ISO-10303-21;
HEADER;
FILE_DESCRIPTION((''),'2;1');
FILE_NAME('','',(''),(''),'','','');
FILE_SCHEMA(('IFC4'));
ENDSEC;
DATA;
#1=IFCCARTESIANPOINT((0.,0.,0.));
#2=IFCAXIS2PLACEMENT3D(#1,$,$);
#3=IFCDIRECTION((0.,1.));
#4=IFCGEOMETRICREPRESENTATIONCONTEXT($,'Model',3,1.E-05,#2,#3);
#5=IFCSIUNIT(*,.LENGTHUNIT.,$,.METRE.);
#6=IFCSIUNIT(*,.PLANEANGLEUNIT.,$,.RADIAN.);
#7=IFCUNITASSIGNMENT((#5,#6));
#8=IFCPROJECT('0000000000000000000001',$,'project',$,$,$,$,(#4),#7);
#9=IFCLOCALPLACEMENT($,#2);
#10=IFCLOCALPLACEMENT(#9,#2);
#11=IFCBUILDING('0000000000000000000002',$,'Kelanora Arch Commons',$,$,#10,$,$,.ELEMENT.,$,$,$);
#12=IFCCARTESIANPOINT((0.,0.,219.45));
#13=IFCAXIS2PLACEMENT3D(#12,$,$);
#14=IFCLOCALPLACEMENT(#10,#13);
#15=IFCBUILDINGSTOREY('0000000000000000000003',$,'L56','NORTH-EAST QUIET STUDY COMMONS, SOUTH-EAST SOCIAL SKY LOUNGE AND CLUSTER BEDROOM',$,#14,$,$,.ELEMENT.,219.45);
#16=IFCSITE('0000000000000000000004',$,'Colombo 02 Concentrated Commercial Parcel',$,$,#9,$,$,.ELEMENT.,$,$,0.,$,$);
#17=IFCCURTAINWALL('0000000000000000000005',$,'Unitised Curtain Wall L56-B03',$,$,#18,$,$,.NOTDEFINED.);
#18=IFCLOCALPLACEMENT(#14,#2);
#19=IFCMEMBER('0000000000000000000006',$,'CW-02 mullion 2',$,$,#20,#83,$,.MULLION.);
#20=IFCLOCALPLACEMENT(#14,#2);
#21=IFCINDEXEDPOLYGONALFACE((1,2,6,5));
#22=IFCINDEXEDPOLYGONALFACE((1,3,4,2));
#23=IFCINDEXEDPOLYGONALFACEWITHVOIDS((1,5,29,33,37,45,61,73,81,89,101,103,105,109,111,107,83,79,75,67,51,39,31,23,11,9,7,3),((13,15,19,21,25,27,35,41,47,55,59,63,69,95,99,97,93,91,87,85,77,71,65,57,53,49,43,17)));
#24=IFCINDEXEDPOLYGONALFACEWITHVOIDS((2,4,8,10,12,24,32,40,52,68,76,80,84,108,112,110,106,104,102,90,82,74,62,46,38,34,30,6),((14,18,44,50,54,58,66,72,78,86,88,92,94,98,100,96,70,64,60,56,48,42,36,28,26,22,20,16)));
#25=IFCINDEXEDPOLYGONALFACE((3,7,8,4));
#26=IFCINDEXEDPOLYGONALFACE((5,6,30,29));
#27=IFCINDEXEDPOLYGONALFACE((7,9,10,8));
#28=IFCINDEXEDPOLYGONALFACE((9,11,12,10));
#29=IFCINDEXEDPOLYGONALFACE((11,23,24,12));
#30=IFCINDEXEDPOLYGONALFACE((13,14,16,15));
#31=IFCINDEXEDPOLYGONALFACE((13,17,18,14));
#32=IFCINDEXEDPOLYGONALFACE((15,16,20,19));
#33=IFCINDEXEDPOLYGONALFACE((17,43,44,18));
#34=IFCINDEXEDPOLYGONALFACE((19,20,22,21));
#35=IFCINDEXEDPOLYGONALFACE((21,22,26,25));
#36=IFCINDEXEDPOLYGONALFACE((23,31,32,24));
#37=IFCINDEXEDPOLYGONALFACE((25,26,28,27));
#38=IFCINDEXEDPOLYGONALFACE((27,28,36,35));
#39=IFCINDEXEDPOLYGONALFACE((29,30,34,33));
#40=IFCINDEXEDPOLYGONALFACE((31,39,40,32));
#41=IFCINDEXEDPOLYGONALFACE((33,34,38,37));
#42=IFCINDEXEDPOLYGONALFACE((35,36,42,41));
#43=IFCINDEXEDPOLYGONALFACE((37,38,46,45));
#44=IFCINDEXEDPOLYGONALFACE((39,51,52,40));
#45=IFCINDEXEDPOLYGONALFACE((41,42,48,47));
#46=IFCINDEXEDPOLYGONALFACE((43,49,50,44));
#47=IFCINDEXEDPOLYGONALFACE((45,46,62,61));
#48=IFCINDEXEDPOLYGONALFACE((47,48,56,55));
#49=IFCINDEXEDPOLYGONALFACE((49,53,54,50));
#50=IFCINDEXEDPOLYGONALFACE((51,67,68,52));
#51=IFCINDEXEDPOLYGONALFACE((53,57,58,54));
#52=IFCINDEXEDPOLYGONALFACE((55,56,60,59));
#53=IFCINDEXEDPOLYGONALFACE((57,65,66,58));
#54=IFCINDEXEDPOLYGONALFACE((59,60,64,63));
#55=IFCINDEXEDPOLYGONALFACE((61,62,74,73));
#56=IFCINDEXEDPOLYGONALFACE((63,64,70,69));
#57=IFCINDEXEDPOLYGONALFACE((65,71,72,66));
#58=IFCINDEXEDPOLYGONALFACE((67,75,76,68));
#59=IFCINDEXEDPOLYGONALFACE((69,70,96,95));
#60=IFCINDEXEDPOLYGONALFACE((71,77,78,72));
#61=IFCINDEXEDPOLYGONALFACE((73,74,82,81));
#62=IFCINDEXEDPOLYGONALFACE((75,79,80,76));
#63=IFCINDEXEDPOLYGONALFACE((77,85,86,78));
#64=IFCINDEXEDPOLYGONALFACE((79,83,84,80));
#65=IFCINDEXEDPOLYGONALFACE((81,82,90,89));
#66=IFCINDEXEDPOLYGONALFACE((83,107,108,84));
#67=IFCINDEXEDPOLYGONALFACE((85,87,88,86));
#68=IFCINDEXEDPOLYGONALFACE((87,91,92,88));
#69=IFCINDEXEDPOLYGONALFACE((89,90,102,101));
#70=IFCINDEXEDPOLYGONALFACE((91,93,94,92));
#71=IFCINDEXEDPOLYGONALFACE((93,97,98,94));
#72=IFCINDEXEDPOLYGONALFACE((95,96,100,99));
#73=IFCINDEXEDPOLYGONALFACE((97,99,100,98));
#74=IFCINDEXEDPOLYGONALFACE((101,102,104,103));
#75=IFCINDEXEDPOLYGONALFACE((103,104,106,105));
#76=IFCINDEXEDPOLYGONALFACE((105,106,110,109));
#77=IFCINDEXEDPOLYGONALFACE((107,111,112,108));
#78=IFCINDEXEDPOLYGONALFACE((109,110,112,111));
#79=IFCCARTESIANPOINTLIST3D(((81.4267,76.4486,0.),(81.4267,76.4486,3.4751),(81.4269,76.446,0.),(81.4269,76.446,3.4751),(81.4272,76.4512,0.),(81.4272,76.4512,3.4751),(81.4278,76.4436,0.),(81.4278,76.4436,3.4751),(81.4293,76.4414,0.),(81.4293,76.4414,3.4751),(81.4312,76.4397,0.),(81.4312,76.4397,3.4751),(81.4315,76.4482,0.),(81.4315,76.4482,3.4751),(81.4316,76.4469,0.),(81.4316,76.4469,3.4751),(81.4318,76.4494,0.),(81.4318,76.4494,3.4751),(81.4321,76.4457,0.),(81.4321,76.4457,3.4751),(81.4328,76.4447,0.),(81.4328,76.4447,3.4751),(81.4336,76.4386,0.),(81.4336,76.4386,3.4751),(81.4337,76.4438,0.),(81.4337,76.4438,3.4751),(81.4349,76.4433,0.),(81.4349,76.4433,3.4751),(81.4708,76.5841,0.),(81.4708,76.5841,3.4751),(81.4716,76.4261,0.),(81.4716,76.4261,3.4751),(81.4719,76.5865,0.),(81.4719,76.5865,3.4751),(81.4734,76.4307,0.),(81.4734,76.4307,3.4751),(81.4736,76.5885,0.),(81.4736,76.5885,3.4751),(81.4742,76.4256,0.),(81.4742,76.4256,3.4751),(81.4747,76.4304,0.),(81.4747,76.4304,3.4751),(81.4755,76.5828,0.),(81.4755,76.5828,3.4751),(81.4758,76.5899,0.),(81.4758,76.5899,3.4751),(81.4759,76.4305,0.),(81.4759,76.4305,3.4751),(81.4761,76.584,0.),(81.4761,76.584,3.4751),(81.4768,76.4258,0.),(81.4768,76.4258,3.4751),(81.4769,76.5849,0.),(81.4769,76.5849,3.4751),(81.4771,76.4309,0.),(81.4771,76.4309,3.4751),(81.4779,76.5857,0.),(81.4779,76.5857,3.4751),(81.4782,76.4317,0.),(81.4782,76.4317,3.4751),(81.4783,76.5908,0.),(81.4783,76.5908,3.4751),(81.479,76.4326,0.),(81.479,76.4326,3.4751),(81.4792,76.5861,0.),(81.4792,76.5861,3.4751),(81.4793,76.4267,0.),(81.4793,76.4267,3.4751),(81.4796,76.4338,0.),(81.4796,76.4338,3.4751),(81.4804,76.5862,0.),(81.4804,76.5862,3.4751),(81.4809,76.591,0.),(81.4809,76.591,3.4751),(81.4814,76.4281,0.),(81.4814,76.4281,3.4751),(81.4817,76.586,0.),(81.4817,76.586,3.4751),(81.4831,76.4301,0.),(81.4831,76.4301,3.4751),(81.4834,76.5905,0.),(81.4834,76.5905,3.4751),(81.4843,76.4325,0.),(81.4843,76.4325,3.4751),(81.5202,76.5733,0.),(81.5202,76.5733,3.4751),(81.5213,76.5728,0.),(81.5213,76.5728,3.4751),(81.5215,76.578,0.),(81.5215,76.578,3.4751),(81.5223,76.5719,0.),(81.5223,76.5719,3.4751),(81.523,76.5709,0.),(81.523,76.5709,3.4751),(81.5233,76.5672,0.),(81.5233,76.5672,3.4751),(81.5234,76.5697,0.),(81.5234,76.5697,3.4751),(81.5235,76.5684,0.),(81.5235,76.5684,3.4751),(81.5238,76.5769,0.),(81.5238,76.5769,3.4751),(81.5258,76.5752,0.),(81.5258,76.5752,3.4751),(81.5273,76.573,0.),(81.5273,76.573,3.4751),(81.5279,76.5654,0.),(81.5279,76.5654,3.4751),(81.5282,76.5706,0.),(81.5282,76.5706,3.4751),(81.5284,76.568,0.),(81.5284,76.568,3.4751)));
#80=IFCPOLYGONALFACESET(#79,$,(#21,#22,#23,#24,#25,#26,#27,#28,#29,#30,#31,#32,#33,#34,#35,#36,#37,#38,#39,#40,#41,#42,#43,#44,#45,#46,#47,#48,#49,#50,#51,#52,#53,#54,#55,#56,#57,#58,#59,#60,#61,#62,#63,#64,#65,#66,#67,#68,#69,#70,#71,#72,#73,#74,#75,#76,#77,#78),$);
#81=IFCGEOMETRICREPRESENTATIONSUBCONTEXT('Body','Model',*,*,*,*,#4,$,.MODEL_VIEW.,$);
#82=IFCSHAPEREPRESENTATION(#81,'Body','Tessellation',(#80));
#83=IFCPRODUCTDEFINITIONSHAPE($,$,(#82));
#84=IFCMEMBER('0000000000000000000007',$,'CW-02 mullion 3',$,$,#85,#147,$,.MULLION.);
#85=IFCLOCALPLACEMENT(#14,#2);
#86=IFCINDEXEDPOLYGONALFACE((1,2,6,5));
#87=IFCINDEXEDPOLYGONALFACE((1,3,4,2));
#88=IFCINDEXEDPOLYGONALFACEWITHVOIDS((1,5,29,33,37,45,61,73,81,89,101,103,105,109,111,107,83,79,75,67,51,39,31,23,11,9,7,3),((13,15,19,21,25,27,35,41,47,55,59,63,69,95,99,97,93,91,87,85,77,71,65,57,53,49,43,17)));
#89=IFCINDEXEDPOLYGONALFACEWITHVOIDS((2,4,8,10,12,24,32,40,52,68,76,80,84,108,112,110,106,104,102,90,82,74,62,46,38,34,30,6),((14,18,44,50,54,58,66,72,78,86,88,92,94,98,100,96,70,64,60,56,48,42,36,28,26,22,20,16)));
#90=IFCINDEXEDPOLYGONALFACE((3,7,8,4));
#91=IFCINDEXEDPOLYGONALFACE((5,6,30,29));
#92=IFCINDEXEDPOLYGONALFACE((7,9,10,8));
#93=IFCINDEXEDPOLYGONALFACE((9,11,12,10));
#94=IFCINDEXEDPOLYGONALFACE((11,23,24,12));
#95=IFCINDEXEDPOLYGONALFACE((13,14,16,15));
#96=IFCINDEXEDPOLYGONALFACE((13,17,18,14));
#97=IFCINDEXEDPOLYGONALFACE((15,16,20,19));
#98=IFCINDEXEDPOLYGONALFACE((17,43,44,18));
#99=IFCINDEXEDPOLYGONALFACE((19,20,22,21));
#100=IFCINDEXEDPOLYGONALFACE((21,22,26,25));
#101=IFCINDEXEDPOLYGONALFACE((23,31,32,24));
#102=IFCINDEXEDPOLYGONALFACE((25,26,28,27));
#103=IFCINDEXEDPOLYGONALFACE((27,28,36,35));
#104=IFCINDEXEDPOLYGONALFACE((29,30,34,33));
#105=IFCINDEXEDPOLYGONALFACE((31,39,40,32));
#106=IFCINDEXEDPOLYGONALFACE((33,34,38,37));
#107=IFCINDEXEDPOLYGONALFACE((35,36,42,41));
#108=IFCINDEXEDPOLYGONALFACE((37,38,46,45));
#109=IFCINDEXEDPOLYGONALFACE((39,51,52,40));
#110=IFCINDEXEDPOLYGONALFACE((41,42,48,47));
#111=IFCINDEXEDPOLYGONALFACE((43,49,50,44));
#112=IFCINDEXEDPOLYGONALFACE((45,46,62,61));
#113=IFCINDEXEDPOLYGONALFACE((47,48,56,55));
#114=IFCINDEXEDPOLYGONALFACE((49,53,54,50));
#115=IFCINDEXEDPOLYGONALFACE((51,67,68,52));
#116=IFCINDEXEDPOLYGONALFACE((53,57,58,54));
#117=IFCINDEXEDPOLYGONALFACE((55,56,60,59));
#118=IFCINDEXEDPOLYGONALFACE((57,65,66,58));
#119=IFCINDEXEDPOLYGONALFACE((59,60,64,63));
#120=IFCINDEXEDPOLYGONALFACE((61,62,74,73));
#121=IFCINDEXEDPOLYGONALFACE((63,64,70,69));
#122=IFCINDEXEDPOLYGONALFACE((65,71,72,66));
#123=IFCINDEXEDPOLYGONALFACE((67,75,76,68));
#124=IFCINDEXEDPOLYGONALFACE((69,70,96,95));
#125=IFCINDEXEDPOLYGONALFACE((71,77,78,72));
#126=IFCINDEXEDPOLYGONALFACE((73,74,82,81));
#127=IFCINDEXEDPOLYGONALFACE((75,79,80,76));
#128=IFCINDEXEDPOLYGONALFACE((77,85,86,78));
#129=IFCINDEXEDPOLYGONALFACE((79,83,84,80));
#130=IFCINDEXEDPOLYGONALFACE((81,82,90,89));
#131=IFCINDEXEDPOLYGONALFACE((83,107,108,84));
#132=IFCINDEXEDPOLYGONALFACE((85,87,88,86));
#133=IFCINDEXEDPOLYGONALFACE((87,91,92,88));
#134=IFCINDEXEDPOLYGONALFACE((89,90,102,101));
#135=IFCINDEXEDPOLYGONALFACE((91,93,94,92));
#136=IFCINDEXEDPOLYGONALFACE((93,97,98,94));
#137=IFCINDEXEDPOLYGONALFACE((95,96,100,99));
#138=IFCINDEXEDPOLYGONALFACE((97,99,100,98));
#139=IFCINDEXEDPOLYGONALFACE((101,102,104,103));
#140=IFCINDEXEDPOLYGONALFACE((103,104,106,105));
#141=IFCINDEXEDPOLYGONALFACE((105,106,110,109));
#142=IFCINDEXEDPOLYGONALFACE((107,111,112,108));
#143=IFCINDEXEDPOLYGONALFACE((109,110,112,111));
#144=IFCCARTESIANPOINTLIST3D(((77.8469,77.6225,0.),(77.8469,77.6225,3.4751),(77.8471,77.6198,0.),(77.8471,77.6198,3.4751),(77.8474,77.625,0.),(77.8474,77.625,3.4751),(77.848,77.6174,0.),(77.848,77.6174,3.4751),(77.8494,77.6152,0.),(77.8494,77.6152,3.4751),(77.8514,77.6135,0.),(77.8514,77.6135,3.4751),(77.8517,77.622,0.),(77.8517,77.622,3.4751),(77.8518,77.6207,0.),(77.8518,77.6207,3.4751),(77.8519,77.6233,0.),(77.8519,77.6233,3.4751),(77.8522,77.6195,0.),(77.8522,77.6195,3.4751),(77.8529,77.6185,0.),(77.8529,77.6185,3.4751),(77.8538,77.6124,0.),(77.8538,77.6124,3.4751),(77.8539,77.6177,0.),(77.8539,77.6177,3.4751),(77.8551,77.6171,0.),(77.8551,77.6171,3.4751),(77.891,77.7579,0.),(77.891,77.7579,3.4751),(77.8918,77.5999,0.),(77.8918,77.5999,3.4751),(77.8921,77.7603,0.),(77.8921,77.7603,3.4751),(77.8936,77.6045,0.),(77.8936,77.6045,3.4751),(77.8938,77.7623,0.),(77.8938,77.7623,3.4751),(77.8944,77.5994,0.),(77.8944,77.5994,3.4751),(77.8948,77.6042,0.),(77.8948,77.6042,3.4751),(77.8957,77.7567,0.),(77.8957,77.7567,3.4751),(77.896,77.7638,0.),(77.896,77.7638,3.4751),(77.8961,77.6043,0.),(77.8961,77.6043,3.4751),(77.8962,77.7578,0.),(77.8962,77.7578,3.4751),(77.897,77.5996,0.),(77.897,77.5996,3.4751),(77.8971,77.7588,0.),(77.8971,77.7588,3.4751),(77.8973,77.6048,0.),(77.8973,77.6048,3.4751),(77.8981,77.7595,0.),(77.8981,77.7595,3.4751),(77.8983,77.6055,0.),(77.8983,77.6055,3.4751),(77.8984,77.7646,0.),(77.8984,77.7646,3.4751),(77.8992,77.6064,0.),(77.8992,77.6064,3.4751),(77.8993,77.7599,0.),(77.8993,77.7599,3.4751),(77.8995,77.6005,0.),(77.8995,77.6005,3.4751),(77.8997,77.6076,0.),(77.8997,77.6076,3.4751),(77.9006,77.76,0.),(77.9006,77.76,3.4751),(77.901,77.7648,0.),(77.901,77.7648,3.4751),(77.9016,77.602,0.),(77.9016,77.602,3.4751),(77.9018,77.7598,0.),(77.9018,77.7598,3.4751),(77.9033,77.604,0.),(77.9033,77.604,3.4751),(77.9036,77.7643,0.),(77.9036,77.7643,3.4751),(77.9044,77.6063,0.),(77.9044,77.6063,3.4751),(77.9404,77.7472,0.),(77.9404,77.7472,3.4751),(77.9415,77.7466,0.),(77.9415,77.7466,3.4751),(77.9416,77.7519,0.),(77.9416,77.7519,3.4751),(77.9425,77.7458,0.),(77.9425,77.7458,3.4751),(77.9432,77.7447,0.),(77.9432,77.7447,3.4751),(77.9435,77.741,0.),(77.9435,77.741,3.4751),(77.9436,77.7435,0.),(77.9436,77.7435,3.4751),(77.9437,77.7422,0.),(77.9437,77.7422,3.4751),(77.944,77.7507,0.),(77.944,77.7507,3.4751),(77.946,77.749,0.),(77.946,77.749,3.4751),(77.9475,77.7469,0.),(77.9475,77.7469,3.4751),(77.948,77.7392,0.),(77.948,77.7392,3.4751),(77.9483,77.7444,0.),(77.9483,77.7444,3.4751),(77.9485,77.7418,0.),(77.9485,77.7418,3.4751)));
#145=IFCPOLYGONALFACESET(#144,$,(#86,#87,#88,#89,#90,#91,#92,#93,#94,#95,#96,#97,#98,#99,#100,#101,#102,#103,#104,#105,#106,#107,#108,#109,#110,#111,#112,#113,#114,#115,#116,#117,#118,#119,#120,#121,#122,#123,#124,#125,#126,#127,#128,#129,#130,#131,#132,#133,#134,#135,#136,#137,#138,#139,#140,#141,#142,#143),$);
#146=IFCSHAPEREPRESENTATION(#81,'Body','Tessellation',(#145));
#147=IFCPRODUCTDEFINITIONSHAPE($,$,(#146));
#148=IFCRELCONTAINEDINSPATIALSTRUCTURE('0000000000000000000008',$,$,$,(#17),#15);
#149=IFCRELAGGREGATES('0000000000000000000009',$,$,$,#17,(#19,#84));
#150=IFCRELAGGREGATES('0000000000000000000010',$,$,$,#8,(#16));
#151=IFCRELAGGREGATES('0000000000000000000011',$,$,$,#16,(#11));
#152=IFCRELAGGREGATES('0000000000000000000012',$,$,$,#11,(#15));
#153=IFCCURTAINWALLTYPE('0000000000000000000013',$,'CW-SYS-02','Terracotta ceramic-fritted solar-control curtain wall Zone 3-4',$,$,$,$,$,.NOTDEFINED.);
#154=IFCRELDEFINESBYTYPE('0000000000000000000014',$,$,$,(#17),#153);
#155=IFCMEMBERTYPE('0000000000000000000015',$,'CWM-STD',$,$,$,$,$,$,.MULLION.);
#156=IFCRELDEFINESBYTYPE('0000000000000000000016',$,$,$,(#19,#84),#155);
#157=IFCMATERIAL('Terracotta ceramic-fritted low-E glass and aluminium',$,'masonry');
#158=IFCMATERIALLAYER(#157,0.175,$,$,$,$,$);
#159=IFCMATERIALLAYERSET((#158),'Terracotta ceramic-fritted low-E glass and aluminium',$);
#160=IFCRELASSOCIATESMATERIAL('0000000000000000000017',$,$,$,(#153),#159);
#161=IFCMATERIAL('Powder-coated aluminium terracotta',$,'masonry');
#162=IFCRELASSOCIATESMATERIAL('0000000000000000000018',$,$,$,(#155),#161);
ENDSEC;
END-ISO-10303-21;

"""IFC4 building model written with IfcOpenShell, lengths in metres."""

from ifc_helpers import new_model, si_unit, direction, frame, origin, origin_2d, place, context, subcontext, project, spatial, hollow_rectangle, extrude, material, layer, layer_set, material_profile, profile_set, type_object, element, aggregate, save


model = new_model("IFC4")

# Units and contexts
model_context = context("Model", 3, precision=1e-05, world=origin(), true_north=direction((0.0, 1.0)))
body_context = subcontext(model_context, "Body", "Model", "MODEL_VIEW")
ifc_project = project(units=[si_unit("LENGTHUNIT", "METRE"), si_unit("PLANEANGLEUNIT", "RADIAN")], contexts=[model_context])

# Site, building, storey
site_placement = place(None, origin())
site = spatial("IfcSite", under=ifc_project, at=site_placement, Name="Colombo 02 Concentrated Commercial Parcel", CompositionType="ELEMENT", RefElevation=0.0)
building_placement = place(site_placement, origin())
building = spatial("IfcBuilding", under=site, at=building_placement, Name="Kelanora Arch Commons", CompositionType="ELEMENT")
storey_placement = place(building_placement, frame((0.0, 0.0, 219.45)))
storey = spatial("IfcBuildingStorey", under=building, at=storey_placement, Name="L56", Description="NORTH-EAST QUIET STUDY COMMONS, SOUTH-EAST SOCIAL SKY LOUNGE AND CLUSTER BEDROOM", CompositionType="ELEMENT", Elevation=219.45)

# Curtain wall, members
ifc_material_1 = material(Name="Terracotta ceramic-fritted low-E glass and aluminium", Category="masonry")
ifc_layer_1 = layer(ifc_material_1, 0.175)
ifc_layer_set_1 = layer_set([ifc_layer_1], Name="Terracotta ceramic-fritted low-E glass and aluminium")
curtain_wall_type = type_object("IfcCurtainWallType", Name="CW-SYS-02", Description="Terracotta ceramic-fritted solar-control curtain wall Zone 3-4", PredefinedType="NOTDEFINED", material=ifc_layer_set_1)
curtain_wall_placement = place(storey_placement, origin())
curtain_wall = element("IfcCurtainWall", 1, at=curtain_wall_placement, inside=storey, type_object=curtain_wall_type, Name="Unitised Curtain Wall L56-B03", PredefinedType="NOTDEFINED")
ifc_material_2 = material(Name="Powder-coated aluminium terracotta", Category="masonry")
ifc_material_profile_1 = material_profile(ifc_material_2, hollow_rectangle(XDim=0.1599, YDim=0.0601, WallThickness=0.0049, InnerFilletRadius=0.0049, OuterFilletRadius=0.01, at=origin_2d()), Name="CWM160x60")
ifc_profile_set_1 = profile_set([ifc_material_profile_1], Name="Powder-coated aluminium terracotta")
member_type_1 = type_object("IfcMemberType", Name="CWM-STD", PredefinedType="MULLION", material=ifc_profile_set_1)
member_1_placement = place(storey_placement, frame((81.4775, 76.5083, 0.0), z_axis=(0.0, 0.0, 1.0), x_axis=(-0.311582, -0.950219, 0.0)))
member_1 = element("IfcMember", 2, at=member_1_placement, type_object=member_type_1, Name="CW-02 mullion 2", PredefinedType="MULLION", context=body_context, shape_type="SweptSolid", body=[
    extrude(hollow_rectangle(XDim=0.1599, YDim=0.0601, WallThickness=0.0049, InnerFilletRadius=0.0049, OuterFilletRadius=0.01, at=origin_2d()), origin(), (0.0, 0.0, 1.0), 3.4751),
])
member_2_placement = place(storey_placement, frame((77.8977, 77.6821, 0.0), z_axis=(0.0, 0.0, 1.0), x_axis=(-0.311582, -0.950219, 0.0)))
member_2 = element("IfcMember", 3, at=member_2_placement, type_object=member_type_1, Name="CW-02 mullion 3", PredefinedType="MULLION", context=body_context, shape_type="SweptSolid", body=[
    extrude(hollow_rectangle(XDim=0.1599, YDim=0.0601, WallThickness=0.0049, InnerFilletRadius=0.0049, OuterFilletRadius=0.01, at=origin_2d()), origin(), (0.0, 0.0, 1.0), 3.4751),
])
aggregate(curtain_wall, [member_1, member_2])

save(model, "model.ifc")
